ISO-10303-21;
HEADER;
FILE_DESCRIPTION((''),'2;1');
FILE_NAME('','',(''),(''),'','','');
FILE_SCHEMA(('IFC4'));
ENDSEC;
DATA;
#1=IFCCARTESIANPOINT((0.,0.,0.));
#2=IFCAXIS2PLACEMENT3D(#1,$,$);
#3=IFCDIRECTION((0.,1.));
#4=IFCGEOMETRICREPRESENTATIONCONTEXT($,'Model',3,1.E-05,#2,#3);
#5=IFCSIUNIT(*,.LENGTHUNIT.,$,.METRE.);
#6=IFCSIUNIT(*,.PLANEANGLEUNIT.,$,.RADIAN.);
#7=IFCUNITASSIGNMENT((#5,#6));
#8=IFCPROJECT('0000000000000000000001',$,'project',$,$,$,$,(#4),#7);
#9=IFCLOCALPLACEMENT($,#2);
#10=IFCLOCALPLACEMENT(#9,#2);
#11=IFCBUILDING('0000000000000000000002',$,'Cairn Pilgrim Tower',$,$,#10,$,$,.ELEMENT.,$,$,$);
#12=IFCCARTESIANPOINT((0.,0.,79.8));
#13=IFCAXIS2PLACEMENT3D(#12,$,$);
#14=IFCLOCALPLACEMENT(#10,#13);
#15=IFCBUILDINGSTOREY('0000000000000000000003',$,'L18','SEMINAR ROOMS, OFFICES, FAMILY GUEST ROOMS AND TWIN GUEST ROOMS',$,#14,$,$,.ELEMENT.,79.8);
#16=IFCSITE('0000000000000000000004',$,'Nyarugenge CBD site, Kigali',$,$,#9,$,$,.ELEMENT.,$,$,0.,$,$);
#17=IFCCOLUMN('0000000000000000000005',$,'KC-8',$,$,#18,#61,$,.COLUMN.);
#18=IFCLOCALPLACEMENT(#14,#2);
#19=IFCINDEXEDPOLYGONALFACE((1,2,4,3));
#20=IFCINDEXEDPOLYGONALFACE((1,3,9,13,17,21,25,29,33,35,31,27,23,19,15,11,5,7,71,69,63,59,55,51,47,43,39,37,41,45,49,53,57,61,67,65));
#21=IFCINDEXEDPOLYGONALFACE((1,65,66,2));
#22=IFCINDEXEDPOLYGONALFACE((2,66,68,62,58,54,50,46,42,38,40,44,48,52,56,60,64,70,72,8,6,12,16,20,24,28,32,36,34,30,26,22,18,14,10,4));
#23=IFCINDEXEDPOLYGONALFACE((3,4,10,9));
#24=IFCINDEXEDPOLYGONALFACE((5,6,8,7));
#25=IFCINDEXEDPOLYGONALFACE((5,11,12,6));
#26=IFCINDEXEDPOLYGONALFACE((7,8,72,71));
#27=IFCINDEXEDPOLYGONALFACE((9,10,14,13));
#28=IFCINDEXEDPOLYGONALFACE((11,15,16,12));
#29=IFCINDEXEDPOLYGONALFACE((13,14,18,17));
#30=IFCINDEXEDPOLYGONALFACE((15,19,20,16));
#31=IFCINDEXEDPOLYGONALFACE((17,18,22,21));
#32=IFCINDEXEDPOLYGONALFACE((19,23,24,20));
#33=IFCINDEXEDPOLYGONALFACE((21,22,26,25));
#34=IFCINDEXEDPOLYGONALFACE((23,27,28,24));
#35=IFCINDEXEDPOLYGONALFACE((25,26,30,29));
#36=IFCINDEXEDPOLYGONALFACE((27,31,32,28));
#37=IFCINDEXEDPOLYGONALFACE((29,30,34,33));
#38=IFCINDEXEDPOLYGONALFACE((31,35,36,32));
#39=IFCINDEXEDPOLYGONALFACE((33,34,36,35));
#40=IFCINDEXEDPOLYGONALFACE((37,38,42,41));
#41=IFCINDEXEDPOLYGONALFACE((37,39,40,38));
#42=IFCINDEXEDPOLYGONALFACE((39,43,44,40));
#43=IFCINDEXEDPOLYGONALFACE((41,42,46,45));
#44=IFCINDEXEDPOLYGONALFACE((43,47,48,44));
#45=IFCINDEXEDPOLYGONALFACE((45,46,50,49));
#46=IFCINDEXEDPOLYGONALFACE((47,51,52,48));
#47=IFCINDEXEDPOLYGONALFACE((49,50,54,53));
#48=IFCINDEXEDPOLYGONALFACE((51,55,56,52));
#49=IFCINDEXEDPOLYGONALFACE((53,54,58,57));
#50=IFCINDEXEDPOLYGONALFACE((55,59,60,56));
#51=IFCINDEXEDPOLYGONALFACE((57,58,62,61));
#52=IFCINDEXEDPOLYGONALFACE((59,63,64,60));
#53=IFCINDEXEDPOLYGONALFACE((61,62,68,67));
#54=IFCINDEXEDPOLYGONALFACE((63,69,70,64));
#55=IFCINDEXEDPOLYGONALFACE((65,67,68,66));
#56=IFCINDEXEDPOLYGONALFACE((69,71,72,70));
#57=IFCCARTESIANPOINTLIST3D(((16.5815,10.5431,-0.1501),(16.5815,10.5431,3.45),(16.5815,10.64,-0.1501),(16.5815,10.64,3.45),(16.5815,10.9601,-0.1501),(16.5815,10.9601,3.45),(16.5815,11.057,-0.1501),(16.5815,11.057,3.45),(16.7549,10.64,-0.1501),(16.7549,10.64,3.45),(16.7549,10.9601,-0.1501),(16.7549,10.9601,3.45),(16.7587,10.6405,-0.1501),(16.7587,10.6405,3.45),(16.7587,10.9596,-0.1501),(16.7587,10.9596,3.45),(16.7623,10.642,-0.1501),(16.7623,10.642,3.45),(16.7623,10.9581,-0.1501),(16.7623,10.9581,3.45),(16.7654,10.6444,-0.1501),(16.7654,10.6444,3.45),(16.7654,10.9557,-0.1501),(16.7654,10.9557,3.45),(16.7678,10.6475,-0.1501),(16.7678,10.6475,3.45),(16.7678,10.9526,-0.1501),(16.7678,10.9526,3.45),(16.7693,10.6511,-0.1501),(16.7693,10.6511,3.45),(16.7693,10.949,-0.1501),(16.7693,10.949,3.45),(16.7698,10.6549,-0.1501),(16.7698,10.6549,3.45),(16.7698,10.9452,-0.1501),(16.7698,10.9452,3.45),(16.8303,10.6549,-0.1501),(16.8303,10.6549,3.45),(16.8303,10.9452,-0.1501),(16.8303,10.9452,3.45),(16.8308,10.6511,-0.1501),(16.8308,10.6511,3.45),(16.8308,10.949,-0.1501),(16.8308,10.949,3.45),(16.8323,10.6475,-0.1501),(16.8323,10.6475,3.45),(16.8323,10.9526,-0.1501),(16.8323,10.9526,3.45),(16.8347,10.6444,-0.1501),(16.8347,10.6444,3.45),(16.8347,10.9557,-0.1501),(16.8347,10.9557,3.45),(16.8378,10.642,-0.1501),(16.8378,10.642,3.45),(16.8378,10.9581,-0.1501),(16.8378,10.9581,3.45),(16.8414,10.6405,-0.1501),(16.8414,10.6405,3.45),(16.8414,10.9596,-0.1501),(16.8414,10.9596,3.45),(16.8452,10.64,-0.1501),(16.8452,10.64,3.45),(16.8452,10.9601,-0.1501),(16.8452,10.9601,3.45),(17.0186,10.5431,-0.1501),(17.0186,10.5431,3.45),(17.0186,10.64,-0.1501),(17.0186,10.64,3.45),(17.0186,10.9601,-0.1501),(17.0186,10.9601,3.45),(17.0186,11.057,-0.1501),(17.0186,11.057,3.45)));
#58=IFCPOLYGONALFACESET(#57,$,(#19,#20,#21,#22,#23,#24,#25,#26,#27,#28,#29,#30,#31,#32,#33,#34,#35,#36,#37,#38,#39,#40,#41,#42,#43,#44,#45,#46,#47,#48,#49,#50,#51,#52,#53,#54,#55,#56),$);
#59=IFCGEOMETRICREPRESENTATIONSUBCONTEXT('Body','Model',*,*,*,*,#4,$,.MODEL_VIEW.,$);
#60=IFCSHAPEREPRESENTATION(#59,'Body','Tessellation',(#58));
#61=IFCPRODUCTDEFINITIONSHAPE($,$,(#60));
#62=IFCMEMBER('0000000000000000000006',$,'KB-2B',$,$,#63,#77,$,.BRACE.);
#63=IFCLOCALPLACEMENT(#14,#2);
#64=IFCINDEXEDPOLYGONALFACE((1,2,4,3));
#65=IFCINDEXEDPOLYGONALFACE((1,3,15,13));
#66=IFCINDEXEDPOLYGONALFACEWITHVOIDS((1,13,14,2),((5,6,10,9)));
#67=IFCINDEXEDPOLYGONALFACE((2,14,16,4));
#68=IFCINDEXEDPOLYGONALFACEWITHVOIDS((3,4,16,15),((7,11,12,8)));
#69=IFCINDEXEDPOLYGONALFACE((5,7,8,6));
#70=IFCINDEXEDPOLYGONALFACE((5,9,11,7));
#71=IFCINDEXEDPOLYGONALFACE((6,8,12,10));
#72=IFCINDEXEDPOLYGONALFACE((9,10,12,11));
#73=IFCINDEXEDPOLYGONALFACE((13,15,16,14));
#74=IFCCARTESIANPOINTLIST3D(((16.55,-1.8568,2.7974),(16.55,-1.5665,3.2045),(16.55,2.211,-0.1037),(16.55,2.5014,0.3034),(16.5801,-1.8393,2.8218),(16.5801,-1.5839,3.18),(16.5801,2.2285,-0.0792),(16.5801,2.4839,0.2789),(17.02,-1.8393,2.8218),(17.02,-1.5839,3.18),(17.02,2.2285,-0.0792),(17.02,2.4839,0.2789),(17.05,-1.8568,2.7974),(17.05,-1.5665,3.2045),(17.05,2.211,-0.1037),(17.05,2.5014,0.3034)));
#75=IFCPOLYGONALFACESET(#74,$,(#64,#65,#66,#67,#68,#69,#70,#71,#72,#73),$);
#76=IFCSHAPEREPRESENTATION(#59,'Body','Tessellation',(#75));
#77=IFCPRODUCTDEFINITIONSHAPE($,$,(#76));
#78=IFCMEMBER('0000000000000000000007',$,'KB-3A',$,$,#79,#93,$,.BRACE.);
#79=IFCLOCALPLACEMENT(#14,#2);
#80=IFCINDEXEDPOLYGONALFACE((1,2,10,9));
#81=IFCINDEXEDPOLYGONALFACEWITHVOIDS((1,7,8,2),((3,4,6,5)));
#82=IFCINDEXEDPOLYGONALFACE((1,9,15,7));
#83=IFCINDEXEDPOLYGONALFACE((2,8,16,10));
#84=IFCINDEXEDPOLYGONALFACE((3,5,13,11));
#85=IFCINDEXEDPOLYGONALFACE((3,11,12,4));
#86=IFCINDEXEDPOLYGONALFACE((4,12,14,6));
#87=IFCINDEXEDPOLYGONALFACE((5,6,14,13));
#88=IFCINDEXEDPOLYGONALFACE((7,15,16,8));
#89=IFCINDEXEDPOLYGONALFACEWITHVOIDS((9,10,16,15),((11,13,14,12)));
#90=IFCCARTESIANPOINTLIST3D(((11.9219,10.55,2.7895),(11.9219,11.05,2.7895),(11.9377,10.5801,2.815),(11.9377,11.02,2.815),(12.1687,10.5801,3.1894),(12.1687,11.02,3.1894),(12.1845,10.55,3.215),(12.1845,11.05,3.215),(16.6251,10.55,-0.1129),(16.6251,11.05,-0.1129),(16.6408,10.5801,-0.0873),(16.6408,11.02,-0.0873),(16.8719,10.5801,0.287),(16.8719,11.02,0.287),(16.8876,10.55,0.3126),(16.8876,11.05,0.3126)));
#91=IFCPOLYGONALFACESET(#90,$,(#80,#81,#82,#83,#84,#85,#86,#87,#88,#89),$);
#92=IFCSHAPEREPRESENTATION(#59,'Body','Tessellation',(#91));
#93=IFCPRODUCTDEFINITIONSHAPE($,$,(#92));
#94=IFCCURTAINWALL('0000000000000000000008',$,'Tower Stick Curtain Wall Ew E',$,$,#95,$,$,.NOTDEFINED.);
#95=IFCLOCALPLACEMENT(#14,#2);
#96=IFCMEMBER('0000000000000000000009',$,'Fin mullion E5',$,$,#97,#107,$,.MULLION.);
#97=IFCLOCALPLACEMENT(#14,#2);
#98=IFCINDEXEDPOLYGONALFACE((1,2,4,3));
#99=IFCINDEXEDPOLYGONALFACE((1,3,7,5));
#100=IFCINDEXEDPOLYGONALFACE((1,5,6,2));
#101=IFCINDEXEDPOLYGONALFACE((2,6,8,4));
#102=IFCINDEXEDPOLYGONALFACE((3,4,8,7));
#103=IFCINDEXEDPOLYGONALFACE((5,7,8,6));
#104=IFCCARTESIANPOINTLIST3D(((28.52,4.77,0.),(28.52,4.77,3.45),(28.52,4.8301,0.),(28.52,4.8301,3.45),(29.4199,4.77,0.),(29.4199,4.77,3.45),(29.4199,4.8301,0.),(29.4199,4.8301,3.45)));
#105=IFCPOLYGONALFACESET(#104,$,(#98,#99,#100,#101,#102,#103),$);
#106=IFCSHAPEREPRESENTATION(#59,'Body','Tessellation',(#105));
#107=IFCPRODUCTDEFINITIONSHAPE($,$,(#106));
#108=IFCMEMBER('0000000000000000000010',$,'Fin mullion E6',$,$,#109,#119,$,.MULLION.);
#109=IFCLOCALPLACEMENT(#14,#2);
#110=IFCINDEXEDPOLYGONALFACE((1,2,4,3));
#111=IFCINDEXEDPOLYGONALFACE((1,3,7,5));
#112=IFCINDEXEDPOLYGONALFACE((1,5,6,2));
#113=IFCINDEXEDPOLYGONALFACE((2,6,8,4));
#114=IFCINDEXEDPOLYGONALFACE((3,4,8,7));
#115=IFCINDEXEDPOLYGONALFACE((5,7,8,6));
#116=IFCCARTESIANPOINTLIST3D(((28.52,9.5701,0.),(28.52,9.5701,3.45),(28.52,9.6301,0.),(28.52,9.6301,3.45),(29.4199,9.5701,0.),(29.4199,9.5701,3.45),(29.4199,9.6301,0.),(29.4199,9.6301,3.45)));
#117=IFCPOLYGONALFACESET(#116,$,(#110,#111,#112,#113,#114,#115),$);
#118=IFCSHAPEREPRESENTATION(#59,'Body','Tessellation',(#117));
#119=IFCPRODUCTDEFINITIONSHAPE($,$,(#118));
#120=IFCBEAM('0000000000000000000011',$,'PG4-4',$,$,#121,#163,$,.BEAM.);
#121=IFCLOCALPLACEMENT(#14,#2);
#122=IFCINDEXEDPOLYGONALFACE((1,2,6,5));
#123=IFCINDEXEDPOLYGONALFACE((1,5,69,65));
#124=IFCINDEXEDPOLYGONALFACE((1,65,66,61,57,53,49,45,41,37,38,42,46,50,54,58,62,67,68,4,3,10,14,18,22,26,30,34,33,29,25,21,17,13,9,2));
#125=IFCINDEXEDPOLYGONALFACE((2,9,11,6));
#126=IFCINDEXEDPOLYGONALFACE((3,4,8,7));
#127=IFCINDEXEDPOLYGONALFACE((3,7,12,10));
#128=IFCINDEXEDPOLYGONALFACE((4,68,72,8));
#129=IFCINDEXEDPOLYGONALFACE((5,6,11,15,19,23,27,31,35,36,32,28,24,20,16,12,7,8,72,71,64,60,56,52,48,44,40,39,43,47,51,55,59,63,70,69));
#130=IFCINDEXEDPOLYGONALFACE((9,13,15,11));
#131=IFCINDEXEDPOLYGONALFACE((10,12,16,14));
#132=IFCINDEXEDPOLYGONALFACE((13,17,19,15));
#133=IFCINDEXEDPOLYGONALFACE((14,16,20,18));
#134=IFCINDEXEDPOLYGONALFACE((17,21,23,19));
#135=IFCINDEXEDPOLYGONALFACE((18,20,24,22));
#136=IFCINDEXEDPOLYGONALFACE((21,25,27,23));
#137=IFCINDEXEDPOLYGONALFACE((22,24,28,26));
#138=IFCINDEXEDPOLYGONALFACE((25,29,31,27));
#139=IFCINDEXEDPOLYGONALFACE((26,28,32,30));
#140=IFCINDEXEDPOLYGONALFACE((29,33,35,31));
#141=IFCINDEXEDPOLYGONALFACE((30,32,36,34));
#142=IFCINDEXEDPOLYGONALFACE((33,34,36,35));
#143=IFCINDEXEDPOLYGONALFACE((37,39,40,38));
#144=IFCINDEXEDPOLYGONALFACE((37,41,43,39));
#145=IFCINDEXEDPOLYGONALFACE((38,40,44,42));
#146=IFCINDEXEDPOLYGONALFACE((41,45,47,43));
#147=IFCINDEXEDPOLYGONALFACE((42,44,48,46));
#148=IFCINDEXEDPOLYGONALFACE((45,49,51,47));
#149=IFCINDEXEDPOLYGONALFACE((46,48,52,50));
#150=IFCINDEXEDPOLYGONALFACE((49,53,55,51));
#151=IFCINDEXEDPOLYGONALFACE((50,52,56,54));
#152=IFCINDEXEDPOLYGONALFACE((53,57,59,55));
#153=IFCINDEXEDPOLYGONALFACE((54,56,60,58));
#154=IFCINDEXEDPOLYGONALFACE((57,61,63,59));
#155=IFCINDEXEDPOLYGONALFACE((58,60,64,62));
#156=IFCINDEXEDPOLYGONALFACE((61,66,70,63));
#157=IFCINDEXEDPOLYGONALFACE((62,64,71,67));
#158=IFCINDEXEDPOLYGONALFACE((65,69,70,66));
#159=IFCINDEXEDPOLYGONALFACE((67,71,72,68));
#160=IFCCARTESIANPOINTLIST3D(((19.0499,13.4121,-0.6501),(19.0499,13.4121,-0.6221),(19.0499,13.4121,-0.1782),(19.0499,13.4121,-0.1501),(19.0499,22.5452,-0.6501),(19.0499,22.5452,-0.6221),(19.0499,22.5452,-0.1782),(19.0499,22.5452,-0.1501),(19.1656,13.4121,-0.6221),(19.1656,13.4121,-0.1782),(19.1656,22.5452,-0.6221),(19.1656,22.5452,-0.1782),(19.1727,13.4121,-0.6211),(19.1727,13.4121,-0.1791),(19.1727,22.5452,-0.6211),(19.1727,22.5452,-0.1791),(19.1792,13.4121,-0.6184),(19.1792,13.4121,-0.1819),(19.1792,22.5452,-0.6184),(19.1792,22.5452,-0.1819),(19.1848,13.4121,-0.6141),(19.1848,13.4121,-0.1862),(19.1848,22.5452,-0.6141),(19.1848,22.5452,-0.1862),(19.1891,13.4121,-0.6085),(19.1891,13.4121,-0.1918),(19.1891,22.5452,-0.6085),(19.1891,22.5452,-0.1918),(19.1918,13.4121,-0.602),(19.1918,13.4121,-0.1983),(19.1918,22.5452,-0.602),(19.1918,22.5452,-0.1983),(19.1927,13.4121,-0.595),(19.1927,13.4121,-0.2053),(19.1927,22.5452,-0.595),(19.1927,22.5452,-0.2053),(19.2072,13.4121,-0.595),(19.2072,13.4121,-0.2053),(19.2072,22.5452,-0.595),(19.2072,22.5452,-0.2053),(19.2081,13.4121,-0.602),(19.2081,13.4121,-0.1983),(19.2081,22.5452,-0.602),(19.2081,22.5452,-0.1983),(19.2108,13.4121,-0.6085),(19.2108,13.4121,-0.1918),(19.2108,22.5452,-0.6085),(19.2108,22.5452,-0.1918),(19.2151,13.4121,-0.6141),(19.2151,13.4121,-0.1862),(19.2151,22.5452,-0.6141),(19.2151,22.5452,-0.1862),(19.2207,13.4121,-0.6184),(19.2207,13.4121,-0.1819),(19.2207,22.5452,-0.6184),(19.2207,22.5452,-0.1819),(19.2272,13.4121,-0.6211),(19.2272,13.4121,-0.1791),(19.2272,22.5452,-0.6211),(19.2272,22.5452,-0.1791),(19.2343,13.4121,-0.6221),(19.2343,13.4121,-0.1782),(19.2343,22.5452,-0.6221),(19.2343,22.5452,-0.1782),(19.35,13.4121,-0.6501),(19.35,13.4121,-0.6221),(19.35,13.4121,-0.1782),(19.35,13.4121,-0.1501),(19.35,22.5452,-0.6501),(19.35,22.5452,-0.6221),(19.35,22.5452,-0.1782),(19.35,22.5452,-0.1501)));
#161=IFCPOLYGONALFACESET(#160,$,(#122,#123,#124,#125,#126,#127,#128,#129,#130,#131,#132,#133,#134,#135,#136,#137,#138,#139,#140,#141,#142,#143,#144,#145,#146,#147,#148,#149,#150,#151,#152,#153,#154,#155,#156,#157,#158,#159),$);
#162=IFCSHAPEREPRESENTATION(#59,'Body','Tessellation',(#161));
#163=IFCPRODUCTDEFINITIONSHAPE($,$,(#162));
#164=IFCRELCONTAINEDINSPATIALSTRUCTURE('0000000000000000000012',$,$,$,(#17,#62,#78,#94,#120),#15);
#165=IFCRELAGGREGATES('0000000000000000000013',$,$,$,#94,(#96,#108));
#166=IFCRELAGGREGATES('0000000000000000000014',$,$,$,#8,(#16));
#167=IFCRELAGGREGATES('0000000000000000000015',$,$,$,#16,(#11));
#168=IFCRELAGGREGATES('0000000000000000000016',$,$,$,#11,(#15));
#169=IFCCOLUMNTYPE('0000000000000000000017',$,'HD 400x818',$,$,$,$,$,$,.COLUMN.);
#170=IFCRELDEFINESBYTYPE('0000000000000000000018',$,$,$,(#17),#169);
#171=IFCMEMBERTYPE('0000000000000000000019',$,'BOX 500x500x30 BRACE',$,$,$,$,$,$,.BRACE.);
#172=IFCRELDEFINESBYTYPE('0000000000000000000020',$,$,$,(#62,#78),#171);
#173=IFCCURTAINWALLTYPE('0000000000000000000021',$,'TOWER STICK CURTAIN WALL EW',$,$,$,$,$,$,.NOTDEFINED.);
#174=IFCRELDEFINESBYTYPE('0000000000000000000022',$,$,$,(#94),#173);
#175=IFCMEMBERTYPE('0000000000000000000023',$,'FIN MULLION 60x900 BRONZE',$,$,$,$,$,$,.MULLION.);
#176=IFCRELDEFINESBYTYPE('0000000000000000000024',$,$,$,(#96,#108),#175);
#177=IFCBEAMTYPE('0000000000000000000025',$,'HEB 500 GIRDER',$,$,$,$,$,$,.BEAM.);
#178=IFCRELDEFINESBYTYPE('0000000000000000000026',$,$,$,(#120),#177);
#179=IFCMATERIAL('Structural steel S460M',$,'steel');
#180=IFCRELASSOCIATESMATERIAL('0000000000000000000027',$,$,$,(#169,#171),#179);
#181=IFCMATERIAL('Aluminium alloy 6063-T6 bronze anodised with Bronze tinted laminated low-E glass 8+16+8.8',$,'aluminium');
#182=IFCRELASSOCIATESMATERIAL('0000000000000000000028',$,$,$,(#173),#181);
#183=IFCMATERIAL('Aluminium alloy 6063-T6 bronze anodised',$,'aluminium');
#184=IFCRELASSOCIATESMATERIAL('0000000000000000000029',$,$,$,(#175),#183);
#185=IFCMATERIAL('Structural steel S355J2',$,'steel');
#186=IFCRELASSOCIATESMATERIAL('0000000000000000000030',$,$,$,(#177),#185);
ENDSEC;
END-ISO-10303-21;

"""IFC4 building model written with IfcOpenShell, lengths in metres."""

from ifc_helpers import new_model, si_unit, direction, frame, origin, origin_2d, place, context, subcontext, project, spatial, rectangle, hollow_rectangle, i_section, extrude, material, material_profile, profile_set, type_object, element, aggregate, save


model = new_model("IFC4")

# Units and contexts
model_context = context("Model", 3, precision=1e-05, world=origin(), true_north=direction((0.0, 1.0)))
body_context = subcontext(model_context, "Body", "Model", "MODEL_VIEW")
ifc_project = project(units=[si_unit("LENGTHUNIT", "METRE"), si_unit("PLANEANGLEUNIT", "RADIAN")], contexts=[model_context])

# Site, building, storey
site_placement = place(None, origin())
site = spatial("IfcSite", under=ifc_project, at=site_placement, Name="Nyarugenge CBD site, Kigali", CompositionType="ELEMENT", RefElevation=0.0)
building_placement = place(site_placement, origin())
building = spatial("IfcBuilding", under=site, at=building_placement, Name="Cairn Pilgrim Tower", CompositionType="ELEMENT")
storey_placement = place(building_placement, frame((0.0, 0.0, 79.8)))
storey = spatial("IfcBuildingStorey", under=building, at=storey_placement, Name="L18", Description="SEMINAR ROOMS, OFFICES, FAMILY GUEST ROOMS AND TWIN GUEST ROOMS", CompositionType="ELEMENT", Elevation=79.8)

# Column
ifc_material_1 = material(Name="Structural steel S460M", Category="steel")
ifc_material_profile_1 = material_profile(ifc_material_1, i_section(OverallWidth=0.437, OverallDepth=0.5139, WebThickness=0.0605, FlangeThickness=0.0969, FilletRadius=0.0149, at=origin_2d()), Name="HD 400x818")
ifc_profile_set_1 = profile_set([ifc_material_profile_1], Name="Structural steel S460M")
column_type_1 = type_object("IfcColumnType", Name="HD 400x818", PredefinedType="COLUMN", material=ifc_profile_set_1)
for number, where, z_axis, x_axis, name in (
    (1, (16.8, 10.8, -0.1501), (0.0, 0.0, 1.0), (1.0, 0.0, 0.0), "KC-8"),
):
    element("IfcColumn", number, at=place(storey_placement, frame(where, z_axis=z_axis, x_axis=x_axis)), inside=storey, type_object=column_type_1, Name=name, PredefinedType="COLUMN", context=body_context, shape_type="SweptSolid", body=[
        extrude(i_section(OverallWidth=0.437, OverallDepth=0.5139, WebThickness=0.0605, FlangeThickness=0.0969, FilletRadius=0.0149, at=origin_2d()), origin(), (0.0, 0.0, 1.0), 3.6001),
    ])

# Members
ifc_material_profile_2 = material_profile(ifc_material_1, hollow_rectangle(XDim=0.5, YDim=0.5, WallThickness=0.03, at=origin_2d()), Name="BOX 500x500x30")
ifc_profile_set_2 = profile_set([ifc_material_profile_2], Name="Structural steel S460M")
member_type_1 = type_object("IfcMemberType", Name="BOX 500x500x30 BRACE", PredefinedType="BRACE", material=ifc_profile_set_2)
member_1_placement = place(storey_placement, frame((16.8, 2.3562, 0.0999), z_axis=(0.0, -0.814159, 0.580642), x_axis=(1.0, 0.0, 0.0)))
element("IfcMember", 2, at=member_1_placement, inside=storey, type_object=member_type_1, Name="KB-2B", PredefinedType="BRACE", context=body_context, shape_type="SweptSolid", body=[
    extrude(hollow_rectangle(XDim=0.5, YDim=0.5, WallThickness=0.03, at=origin_2d()), origin(), (0.0, 0.0, 1.0), 4.9963),
])
member_2_placement = place(storey_placement, frame((16.7563, 10.8, 0.0999), z_axis=(-0.851002, 0.0, 0.525162), x_axis=(0.0, -1.0, 0.0)))
element("IfcMember", 3, at=member_2_placement, inside=storey, type_object=member_type_1, Name="KB-3A", PredefinedType="BRACE", context=body_context, shape_type="SweptSolid", body=[
    extrude(hollow_rectangle(XDim=0.5, YDim=0.5, WallThickness=0.03, at=origin_2d()), origin(), (0.0, 0.0, 1.0), 5.5266),
])

# Curtain wall, members
ifc_material_2 = material(Name="Aluminium alloy 6063-T6 bronze anodised with Bronze tinted laminated low-E glass 8+16+8.8", Category="aluminium")
curtain_wall_type = type_object("IfcCurtainWallType", Name="TOWER STICK CURTAIN WALL EW", PredefinedType="NOTDEFINED", material=ifc_material_2)
curtain_wall_placement = place(storey_placement, origin())
curtain_wall = element("IfcCurtainWall", 4, at=curtain_wall_placement, inside=storey, type_object=curtain_wall_type, Name="Tower Stick Curtain Wall Ew E", PredefinedType="NOTDEFINED")
ifc_material_3 = material(Name="Aluminium alloy 6063-T6 bronze anodised", Category="aluminium")
ifc_material_profile_3 = material_profile(ifc_material_3, rectangle(XDim=0.8999, YDim=0.0601, at=origin_2d()), Name="FIN MULLION 60x900 BRONZE")
ifc_profile_set_3 = profile_set([ifc_material_profile_3], Name="Aluminium alloy 6063-T6 bronze anodised")
member_type_2 = type_object("IfcMemberType", Name="FIN MULLION 60x900 BRONZE", PredefinedType="MULLION", material=ifc_profile_set_3)
member_3_placement = place(storey_placement, frame((28.97, 4.8, 0.0), z_axis=(0.0, 0.0, 1.0), x_axis=(1.0, 0.0, 0.0)))
member_3 = element("IfcMember", 5, at=member_3_placement, type_object=member_type_2, Name="Fin mullion E5", PredefinedType="MULLION", context=body_context, shape_type="SweptSolid", body=[
    extrude(rectangle(XDim=0.8999, YDim=0.0601, at=origin_2d()), origin(), (0.0, 0.0, 1.0), 3.45),
])
member_4_placement = place(storey_placement, frame((28.97, 9.6001, 0.0), z_axis=(0.0, 0.0, 1.0), x_axis=(1.0, 0.0, 0.0)))
member_4 = element("IfcMember", 6, at=member_4_placement, type_object=member_type_2, Name="Fin mullion E6", PredefinedType="MULLION", context=body_context, shape_type="SweptSolid", body=[
    extrude(rectangle(XDim=0.8999, YDim=0.0601, at=origin_2d()), origin(), (0.0, 0.0, 1.0), 3.45),
])

# Beam
ifc_material_4 = material(Name="Structural steel S355J2", Category="steel")
ifc_material_profile_4 = material_profile(ifc_material_4, i_section(OverallWidth=0.3, OverallDepth=0.5, WebThickness=0.0144, FlangeThickness=0.0281, FilletRadius=0.0271, at=origin_2d()), Name="HEB 500")
ifc_profile_set_4 = profile_set([ifc_material_profile_4], Name="Structural steel S355J2")
beam_type_1 = type_object("IfcBeamType", Name="HEB 500 GIRDER", PredefinedType="BEAM", material=ifc_profile_set_4)
beam_1_placement = place(storey_placement, frame((19.2, 13.4121, -0.4001), z_axis=(0.0, 1.0, 0.0), x_axis=(-1.0, 0.0, 0.0)))
element("IfcBeam", 7, at=beam_1_placement, inside=storey, type_object=beam_type_1, Name="PG4-4", PredefinedType="BEAM", context=body_context, shape_type="SweptSolid", body=[
    extrude(i_section(OverallWidth=0.3, OverallDepth=0.5, WebThickness=0.0144, FlangeThickness=0.0281, FilletRadius=0.0271, at=origin_2d()), origin(), (0.0, 0.0, 1.0), 9.1331),
])

aggregate(curtain_wall, [member_3, member_4])

save(model, "model.ifc")
